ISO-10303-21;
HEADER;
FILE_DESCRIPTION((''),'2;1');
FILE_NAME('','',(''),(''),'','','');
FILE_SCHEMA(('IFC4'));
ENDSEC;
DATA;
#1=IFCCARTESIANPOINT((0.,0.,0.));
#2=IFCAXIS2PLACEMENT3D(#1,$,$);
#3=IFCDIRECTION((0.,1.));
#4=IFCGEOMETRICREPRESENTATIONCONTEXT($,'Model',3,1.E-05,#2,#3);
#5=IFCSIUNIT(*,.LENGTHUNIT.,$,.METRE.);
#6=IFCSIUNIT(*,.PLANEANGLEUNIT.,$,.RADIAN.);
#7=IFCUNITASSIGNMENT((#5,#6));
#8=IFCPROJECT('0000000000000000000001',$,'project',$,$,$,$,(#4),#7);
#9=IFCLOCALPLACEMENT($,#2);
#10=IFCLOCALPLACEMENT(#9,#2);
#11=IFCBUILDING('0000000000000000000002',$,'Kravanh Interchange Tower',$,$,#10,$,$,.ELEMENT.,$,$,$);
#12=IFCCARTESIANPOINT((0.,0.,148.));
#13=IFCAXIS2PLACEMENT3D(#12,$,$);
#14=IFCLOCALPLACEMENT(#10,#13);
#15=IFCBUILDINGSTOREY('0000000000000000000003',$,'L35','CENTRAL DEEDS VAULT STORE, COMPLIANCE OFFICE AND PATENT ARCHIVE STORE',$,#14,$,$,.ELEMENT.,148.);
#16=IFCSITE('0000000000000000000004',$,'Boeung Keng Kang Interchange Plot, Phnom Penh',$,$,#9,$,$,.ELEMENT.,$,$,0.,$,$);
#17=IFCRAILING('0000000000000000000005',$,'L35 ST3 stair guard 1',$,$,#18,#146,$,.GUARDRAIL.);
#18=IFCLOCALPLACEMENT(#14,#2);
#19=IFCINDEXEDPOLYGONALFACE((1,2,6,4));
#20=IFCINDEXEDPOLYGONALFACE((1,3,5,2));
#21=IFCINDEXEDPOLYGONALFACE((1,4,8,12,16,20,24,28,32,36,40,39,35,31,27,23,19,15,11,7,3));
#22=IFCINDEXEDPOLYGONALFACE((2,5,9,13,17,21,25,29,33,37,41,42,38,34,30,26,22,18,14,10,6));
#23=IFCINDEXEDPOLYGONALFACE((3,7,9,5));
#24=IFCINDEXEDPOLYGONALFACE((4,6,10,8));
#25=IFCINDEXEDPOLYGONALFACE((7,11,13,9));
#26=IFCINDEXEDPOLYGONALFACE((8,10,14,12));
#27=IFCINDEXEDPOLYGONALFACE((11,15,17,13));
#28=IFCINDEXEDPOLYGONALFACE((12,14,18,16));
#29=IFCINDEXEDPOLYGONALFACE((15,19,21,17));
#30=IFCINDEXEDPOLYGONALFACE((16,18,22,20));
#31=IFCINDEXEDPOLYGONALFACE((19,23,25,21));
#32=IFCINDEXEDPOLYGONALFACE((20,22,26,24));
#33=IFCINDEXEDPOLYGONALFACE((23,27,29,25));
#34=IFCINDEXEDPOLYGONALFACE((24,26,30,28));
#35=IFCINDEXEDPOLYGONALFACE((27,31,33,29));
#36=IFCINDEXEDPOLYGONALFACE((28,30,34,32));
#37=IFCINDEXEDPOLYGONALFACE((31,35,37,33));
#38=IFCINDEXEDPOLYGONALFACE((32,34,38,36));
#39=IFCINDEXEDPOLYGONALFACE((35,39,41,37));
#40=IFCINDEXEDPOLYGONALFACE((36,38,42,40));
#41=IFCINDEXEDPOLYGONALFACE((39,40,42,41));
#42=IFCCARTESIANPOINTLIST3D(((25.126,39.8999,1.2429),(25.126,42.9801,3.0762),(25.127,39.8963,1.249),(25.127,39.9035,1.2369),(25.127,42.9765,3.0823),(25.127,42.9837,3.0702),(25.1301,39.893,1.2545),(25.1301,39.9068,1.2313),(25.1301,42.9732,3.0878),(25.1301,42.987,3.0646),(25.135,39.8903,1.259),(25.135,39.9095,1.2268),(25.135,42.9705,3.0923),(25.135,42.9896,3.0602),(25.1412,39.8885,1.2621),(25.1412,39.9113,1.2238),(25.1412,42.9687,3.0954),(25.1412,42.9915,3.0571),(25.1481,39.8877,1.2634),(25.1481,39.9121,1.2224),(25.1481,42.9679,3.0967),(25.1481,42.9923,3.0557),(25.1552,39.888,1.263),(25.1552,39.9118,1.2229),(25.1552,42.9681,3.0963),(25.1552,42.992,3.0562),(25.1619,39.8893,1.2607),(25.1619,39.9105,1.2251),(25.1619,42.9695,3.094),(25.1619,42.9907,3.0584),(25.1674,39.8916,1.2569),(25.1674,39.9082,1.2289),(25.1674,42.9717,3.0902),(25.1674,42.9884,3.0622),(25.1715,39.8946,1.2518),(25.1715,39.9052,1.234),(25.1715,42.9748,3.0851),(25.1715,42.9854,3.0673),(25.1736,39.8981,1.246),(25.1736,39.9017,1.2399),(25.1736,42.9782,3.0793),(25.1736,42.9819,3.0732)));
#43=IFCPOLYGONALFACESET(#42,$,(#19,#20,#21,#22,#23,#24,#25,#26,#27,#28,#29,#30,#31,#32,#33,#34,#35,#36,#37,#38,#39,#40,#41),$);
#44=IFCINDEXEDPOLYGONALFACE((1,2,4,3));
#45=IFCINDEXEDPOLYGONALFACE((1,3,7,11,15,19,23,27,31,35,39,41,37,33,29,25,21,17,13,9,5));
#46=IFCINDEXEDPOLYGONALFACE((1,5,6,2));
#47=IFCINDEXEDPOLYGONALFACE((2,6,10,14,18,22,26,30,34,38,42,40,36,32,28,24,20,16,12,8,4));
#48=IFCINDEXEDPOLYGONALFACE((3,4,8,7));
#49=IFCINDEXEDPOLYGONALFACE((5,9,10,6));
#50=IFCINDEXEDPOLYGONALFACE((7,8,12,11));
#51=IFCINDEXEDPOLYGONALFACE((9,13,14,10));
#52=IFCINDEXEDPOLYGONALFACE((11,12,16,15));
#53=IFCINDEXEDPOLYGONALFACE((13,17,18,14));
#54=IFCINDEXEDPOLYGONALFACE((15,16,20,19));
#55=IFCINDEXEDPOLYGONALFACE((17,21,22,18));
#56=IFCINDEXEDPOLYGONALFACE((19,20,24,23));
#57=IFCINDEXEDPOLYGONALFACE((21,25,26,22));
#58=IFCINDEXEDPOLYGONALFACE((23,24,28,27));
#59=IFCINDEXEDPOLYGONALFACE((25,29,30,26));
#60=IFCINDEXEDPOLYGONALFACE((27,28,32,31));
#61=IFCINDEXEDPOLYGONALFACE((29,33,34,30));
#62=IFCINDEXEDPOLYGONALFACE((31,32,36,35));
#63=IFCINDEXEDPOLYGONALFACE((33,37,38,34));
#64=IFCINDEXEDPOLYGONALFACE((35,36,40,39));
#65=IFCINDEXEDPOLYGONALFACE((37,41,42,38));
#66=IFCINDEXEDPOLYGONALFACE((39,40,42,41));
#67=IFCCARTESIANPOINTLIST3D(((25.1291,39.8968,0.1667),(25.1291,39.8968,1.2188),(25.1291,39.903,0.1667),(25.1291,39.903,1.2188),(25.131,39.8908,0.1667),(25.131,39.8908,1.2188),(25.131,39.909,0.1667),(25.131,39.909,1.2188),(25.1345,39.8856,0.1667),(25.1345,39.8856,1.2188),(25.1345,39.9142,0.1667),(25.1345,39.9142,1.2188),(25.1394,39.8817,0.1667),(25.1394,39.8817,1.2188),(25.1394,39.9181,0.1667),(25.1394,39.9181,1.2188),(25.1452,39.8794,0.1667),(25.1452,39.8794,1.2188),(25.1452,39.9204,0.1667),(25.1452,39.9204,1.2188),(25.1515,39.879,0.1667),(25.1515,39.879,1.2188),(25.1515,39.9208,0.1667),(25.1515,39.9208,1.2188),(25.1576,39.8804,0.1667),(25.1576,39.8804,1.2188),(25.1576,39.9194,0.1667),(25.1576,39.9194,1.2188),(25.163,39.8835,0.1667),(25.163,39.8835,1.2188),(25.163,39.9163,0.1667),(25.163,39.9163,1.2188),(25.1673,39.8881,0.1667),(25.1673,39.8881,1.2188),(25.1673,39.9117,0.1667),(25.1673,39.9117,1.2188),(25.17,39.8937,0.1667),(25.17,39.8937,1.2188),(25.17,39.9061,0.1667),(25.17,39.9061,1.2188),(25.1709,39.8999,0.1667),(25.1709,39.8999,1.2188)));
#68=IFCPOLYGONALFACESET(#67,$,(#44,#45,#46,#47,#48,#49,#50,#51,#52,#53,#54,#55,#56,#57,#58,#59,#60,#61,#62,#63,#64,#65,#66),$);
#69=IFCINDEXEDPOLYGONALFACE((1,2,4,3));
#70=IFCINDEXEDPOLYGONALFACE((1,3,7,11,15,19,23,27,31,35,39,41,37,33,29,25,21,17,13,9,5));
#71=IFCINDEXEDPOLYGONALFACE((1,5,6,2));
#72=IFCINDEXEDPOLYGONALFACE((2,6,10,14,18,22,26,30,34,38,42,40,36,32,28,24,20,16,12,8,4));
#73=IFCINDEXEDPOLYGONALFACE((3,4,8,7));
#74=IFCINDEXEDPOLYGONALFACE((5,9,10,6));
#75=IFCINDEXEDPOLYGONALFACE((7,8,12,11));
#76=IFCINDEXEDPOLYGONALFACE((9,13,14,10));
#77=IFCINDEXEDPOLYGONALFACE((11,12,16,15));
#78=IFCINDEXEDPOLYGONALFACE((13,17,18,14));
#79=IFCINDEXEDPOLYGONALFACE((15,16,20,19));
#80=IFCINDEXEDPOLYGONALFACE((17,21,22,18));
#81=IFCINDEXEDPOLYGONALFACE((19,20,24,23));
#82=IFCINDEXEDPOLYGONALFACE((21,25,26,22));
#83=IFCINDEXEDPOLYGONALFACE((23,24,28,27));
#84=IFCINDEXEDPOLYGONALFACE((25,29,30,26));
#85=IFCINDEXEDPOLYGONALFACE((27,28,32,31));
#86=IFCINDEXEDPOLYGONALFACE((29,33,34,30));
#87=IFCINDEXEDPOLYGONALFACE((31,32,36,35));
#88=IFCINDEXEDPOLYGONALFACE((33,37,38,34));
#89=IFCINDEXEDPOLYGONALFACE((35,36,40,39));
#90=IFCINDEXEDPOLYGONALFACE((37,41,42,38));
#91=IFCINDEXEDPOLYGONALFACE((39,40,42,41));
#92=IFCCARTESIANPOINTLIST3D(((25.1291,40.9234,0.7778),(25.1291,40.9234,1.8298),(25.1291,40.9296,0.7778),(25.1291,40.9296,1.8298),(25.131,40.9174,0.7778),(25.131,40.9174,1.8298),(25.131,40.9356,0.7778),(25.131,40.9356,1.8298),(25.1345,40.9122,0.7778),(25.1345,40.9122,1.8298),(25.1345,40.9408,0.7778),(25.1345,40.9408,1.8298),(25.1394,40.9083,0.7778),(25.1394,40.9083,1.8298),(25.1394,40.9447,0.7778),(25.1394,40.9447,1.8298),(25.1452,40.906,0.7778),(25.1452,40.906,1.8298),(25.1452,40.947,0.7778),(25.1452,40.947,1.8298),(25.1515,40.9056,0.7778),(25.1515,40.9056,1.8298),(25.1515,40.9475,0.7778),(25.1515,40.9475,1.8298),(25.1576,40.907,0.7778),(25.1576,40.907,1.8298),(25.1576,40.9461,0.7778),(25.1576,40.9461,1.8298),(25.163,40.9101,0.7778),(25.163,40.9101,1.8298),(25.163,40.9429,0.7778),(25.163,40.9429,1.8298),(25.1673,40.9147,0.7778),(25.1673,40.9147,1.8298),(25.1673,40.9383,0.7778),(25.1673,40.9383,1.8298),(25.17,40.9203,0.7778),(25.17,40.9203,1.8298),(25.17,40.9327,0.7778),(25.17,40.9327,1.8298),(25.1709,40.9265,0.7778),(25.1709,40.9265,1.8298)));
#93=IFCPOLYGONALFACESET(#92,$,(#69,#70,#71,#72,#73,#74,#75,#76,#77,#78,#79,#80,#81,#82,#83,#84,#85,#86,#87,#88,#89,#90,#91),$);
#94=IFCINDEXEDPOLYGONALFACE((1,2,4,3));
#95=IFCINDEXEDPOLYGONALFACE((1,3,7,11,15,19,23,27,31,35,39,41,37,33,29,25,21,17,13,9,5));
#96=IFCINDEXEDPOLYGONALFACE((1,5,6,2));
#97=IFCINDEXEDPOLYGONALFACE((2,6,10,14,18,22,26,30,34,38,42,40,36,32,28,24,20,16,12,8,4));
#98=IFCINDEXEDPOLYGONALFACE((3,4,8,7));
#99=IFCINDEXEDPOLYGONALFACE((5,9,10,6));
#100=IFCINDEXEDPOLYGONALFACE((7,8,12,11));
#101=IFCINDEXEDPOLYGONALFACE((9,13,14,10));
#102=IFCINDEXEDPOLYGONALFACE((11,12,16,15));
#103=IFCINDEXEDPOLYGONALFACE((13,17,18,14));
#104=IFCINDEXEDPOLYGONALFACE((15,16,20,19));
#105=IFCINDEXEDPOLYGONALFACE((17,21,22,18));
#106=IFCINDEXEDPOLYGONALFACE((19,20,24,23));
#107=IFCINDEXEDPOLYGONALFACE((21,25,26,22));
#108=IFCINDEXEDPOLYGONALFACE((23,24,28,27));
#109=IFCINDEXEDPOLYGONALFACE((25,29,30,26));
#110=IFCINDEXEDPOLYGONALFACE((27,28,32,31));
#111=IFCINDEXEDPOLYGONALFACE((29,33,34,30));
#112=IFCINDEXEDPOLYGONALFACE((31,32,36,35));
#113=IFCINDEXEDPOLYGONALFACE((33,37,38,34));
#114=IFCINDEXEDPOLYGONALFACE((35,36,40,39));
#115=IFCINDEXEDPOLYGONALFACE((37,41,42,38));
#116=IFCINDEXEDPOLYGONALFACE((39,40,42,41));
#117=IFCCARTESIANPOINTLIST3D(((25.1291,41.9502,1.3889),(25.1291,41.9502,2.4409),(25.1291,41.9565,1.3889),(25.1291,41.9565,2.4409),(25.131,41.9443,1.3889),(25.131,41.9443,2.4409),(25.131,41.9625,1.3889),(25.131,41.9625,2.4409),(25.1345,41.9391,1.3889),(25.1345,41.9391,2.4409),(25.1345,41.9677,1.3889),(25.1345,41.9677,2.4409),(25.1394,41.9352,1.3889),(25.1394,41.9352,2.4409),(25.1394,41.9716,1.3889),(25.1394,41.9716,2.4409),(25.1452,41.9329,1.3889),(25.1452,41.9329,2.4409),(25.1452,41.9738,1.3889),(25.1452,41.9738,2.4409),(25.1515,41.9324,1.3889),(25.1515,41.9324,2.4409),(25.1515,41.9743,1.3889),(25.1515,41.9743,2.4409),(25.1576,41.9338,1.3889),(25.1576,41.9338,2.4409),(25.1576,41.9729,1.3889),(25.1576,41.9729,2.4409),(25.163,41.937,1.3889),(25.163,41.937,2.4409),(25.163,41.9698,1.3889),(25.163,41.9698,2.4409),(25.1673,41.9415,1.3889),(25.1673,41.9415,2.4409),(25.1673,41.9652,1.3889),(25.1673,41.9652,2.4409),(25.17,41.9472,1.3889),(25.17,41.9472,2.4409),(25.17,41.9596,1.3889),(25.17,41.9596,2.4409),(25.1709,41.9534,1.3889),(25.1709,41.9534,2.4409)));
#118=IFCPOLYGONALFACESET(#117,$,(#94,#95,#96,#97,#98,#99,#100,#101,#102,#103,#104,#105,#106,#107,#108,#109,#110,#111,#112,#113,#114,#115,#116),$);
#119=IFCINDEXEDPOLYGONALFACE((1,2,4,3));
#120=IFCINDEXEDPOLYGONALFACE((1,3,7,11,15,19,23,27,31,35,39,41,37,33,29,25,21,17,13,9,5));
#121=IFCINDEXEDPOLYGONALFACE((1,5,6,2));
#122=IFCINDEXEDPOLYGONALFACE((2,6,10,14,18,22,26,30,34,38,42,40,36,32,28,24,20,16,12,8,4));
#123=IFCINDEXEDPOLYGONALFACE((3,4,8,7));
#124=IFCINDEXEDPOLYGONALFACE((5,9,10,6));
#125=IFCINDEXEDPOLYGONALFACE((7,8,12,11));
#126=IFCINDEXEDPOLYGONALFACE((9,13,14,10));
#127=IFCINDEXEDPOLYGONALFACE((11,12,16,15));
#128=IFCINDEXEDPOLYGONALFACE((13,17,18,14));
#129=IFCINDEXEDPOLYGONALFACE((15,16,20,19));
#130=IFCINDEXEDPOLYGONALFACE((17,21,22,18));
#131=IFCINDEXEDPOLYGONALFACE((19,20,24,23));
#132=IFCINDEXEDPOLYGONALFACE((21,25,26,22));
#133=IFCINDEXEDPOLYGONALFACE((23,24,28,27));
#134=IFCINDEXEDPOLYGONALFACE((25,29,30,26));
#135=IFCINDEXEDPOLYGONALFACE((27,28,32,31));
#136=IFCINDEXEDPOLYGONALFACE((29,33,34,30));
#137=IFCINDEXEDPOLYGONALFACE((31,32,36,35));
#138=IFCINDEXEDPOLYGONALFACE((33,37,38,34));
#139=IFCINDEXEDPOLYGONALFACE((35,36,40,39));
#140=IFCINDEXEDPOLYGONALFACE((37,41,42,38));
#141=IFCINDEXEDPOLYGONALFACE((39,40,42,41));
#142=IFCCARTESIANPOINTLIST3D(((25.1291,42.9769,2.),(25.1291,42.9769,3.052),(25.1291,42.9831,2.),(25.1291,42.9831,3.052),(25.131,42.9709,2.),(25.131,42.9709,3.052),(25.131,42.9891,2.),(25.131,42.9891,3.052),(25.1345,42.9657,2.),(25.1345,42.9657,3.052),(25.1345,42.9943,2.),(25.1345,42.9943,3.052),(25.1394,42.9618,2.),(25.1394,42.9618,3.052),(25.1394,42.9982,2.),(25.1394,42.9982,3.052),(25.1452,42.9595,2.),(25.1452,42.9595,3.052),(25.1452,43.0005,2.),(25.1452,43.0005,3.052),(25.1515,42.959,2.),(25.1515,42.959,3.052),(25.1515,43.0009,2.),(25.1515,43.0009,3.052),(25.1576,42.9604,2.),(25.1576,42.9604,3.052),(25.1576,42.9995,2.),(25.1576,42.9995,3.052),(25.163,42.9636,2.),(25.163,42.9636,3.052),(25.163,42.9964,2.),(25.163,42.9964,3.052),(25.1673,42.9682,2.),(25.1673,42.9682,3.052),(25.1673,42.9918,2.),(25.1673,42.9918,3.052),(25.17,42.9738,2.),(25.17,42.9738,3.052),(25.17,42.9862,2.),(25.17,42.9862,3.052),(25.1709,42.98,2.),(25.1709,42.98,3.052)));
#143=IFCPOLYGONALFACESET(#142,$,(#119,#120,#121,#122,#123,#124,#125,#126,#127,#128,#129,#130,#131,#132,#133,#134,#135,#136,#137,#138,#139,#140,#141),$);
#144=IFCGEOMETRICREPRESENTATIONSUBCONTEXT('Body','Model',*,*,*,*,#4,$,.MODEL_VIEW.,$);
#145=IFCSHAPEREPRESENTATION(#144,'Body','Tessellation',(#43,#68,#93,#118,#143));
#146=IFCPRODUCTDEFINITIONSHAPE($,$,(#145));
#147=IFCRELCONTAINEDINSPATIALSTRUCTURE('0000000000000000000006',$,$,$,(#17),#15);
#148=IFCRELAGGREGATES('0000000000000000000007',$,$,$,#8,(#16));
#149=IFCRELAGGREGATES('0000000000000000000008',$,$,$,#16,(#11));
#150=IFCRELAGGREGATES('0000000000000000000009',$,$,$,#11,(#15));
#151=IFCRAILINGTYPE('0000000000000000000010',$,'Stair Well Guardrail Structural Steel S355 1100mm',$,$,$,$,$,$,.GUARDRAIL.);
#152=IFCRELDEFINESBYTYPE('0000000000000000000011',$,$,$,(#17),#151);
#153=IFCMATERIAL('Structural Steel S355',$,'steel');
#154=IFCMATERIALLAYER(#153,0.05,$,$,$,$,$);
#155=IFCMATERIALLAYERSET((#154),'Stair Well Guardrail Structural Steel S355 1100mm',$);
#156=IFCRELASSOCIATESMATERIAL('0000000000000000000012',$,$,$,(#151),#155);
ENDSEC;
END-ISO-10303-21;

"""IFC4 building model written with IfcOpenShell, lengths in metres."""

from ifc_helpers import new_model, si_unit, direction, frame, origin, origin_2d, place, context, subcontext, project, spatial, circle, extrude, material, layer, layer_set, type_object, element, save


model = new_model("IFC4")

# Units and contexts
model_context = context("Model", 3, precision=1e-05, world=origin(), true_north=direction((0.0, 1.0)))
body_context = subcontext(model_context, "Body", "Model", "MODEL_VIEW")
ifc_project = project(units=[si_unit("LENGTHUNIT", "METRE"), si_unit("PLANEANGLEUNIT", "RADIAN")], contexts=[model_context])

# Site, building, storey
site_placement = place(None, origin())
site = spatial("IfcSite", under=ifc_project, at=site_placement, Name="Boeung Keng Kang Interchange Plot, Phnom Penh", CompositionType="ELEMENT", RefElevation=0.0)
building_placement = place(site_placement, origin())
building = spatial("IfcBuilding", under=site, at=building_placement, Name="Kravanh Interchange Tower", CompositionType="ELEMENT")
storey_placement = place(building_placement, frame((0.0, 0.0, 148.0)))
storey = spatial("IfcBuildingStorey", under=building, at=storey_placement, Name="L35", Description="CENTRAL DEEDS VAULT STORE, COMPLIANCE OFFICE AND PATENT ARCHIVE STORE", CompositionType="ELEMENT", Elevation=148.0)

# Railing
ifc_material_1 = material(Name="Structural Steel S355", Category="steel")
ifc_layer_1 = layer(ifc_material_1, 0.05)
ifc_layer_set_1 = layer_set([ifc_layer_1], Name="Stair Well Guardrail Structural Steel S355 1100mm")
railing_type_1 = type_object("IfcRailingType", Name="Stair Well Guardrail Structural Steel S355 1100mm", PredefinedType="GUARDRAIL", material=ifc_layer_set_1)
railing_1_placement = place(storey_placement, frame((25.1499, 39.8999, 0.1667)))
element("IfcRailing", 1, at=railing_1_placement, inside=storey, type_object=railing_type_1, Name="L35 ST3 stair guard 1", PredefinedType="GUARDRAIL", context=body_context, shape_type="SweptSolid", body=[
    extrude(circle(Radius=0.0239, at=origin_2d()), frame((0.0, 0.0, 1.0762), z_axis=(0.0, 0.859309, 0.511458), x_axis=(-1.0, 0.0, 0.0)), (0.0, 0.0, 1.0), 3.5845),
    extrude(circle(Radius=0.021, at=origin_2d()), origin(), (0.0, 0.0, 1.0), 1.052),
    extrude(circle(Radius=0.021, at=origin_2d()), frame((0.0, 1.0266, 0.6111)), (0.0, 0.0, 1.0), 1.052),
    extrude(circle(Radius=0.021, at=origin_2d()), frame((0.0, 2.0535, 1.2222)), (0.0, 0.0, 1.0), 1.052),
    extrude(circle(Radius=0.021, at=origin_2d()), frame((0.0, 3.0801, 1.8333)), (0.0, 0.0, 1.0), 1.052),
])

save(model, "model.ifc")
